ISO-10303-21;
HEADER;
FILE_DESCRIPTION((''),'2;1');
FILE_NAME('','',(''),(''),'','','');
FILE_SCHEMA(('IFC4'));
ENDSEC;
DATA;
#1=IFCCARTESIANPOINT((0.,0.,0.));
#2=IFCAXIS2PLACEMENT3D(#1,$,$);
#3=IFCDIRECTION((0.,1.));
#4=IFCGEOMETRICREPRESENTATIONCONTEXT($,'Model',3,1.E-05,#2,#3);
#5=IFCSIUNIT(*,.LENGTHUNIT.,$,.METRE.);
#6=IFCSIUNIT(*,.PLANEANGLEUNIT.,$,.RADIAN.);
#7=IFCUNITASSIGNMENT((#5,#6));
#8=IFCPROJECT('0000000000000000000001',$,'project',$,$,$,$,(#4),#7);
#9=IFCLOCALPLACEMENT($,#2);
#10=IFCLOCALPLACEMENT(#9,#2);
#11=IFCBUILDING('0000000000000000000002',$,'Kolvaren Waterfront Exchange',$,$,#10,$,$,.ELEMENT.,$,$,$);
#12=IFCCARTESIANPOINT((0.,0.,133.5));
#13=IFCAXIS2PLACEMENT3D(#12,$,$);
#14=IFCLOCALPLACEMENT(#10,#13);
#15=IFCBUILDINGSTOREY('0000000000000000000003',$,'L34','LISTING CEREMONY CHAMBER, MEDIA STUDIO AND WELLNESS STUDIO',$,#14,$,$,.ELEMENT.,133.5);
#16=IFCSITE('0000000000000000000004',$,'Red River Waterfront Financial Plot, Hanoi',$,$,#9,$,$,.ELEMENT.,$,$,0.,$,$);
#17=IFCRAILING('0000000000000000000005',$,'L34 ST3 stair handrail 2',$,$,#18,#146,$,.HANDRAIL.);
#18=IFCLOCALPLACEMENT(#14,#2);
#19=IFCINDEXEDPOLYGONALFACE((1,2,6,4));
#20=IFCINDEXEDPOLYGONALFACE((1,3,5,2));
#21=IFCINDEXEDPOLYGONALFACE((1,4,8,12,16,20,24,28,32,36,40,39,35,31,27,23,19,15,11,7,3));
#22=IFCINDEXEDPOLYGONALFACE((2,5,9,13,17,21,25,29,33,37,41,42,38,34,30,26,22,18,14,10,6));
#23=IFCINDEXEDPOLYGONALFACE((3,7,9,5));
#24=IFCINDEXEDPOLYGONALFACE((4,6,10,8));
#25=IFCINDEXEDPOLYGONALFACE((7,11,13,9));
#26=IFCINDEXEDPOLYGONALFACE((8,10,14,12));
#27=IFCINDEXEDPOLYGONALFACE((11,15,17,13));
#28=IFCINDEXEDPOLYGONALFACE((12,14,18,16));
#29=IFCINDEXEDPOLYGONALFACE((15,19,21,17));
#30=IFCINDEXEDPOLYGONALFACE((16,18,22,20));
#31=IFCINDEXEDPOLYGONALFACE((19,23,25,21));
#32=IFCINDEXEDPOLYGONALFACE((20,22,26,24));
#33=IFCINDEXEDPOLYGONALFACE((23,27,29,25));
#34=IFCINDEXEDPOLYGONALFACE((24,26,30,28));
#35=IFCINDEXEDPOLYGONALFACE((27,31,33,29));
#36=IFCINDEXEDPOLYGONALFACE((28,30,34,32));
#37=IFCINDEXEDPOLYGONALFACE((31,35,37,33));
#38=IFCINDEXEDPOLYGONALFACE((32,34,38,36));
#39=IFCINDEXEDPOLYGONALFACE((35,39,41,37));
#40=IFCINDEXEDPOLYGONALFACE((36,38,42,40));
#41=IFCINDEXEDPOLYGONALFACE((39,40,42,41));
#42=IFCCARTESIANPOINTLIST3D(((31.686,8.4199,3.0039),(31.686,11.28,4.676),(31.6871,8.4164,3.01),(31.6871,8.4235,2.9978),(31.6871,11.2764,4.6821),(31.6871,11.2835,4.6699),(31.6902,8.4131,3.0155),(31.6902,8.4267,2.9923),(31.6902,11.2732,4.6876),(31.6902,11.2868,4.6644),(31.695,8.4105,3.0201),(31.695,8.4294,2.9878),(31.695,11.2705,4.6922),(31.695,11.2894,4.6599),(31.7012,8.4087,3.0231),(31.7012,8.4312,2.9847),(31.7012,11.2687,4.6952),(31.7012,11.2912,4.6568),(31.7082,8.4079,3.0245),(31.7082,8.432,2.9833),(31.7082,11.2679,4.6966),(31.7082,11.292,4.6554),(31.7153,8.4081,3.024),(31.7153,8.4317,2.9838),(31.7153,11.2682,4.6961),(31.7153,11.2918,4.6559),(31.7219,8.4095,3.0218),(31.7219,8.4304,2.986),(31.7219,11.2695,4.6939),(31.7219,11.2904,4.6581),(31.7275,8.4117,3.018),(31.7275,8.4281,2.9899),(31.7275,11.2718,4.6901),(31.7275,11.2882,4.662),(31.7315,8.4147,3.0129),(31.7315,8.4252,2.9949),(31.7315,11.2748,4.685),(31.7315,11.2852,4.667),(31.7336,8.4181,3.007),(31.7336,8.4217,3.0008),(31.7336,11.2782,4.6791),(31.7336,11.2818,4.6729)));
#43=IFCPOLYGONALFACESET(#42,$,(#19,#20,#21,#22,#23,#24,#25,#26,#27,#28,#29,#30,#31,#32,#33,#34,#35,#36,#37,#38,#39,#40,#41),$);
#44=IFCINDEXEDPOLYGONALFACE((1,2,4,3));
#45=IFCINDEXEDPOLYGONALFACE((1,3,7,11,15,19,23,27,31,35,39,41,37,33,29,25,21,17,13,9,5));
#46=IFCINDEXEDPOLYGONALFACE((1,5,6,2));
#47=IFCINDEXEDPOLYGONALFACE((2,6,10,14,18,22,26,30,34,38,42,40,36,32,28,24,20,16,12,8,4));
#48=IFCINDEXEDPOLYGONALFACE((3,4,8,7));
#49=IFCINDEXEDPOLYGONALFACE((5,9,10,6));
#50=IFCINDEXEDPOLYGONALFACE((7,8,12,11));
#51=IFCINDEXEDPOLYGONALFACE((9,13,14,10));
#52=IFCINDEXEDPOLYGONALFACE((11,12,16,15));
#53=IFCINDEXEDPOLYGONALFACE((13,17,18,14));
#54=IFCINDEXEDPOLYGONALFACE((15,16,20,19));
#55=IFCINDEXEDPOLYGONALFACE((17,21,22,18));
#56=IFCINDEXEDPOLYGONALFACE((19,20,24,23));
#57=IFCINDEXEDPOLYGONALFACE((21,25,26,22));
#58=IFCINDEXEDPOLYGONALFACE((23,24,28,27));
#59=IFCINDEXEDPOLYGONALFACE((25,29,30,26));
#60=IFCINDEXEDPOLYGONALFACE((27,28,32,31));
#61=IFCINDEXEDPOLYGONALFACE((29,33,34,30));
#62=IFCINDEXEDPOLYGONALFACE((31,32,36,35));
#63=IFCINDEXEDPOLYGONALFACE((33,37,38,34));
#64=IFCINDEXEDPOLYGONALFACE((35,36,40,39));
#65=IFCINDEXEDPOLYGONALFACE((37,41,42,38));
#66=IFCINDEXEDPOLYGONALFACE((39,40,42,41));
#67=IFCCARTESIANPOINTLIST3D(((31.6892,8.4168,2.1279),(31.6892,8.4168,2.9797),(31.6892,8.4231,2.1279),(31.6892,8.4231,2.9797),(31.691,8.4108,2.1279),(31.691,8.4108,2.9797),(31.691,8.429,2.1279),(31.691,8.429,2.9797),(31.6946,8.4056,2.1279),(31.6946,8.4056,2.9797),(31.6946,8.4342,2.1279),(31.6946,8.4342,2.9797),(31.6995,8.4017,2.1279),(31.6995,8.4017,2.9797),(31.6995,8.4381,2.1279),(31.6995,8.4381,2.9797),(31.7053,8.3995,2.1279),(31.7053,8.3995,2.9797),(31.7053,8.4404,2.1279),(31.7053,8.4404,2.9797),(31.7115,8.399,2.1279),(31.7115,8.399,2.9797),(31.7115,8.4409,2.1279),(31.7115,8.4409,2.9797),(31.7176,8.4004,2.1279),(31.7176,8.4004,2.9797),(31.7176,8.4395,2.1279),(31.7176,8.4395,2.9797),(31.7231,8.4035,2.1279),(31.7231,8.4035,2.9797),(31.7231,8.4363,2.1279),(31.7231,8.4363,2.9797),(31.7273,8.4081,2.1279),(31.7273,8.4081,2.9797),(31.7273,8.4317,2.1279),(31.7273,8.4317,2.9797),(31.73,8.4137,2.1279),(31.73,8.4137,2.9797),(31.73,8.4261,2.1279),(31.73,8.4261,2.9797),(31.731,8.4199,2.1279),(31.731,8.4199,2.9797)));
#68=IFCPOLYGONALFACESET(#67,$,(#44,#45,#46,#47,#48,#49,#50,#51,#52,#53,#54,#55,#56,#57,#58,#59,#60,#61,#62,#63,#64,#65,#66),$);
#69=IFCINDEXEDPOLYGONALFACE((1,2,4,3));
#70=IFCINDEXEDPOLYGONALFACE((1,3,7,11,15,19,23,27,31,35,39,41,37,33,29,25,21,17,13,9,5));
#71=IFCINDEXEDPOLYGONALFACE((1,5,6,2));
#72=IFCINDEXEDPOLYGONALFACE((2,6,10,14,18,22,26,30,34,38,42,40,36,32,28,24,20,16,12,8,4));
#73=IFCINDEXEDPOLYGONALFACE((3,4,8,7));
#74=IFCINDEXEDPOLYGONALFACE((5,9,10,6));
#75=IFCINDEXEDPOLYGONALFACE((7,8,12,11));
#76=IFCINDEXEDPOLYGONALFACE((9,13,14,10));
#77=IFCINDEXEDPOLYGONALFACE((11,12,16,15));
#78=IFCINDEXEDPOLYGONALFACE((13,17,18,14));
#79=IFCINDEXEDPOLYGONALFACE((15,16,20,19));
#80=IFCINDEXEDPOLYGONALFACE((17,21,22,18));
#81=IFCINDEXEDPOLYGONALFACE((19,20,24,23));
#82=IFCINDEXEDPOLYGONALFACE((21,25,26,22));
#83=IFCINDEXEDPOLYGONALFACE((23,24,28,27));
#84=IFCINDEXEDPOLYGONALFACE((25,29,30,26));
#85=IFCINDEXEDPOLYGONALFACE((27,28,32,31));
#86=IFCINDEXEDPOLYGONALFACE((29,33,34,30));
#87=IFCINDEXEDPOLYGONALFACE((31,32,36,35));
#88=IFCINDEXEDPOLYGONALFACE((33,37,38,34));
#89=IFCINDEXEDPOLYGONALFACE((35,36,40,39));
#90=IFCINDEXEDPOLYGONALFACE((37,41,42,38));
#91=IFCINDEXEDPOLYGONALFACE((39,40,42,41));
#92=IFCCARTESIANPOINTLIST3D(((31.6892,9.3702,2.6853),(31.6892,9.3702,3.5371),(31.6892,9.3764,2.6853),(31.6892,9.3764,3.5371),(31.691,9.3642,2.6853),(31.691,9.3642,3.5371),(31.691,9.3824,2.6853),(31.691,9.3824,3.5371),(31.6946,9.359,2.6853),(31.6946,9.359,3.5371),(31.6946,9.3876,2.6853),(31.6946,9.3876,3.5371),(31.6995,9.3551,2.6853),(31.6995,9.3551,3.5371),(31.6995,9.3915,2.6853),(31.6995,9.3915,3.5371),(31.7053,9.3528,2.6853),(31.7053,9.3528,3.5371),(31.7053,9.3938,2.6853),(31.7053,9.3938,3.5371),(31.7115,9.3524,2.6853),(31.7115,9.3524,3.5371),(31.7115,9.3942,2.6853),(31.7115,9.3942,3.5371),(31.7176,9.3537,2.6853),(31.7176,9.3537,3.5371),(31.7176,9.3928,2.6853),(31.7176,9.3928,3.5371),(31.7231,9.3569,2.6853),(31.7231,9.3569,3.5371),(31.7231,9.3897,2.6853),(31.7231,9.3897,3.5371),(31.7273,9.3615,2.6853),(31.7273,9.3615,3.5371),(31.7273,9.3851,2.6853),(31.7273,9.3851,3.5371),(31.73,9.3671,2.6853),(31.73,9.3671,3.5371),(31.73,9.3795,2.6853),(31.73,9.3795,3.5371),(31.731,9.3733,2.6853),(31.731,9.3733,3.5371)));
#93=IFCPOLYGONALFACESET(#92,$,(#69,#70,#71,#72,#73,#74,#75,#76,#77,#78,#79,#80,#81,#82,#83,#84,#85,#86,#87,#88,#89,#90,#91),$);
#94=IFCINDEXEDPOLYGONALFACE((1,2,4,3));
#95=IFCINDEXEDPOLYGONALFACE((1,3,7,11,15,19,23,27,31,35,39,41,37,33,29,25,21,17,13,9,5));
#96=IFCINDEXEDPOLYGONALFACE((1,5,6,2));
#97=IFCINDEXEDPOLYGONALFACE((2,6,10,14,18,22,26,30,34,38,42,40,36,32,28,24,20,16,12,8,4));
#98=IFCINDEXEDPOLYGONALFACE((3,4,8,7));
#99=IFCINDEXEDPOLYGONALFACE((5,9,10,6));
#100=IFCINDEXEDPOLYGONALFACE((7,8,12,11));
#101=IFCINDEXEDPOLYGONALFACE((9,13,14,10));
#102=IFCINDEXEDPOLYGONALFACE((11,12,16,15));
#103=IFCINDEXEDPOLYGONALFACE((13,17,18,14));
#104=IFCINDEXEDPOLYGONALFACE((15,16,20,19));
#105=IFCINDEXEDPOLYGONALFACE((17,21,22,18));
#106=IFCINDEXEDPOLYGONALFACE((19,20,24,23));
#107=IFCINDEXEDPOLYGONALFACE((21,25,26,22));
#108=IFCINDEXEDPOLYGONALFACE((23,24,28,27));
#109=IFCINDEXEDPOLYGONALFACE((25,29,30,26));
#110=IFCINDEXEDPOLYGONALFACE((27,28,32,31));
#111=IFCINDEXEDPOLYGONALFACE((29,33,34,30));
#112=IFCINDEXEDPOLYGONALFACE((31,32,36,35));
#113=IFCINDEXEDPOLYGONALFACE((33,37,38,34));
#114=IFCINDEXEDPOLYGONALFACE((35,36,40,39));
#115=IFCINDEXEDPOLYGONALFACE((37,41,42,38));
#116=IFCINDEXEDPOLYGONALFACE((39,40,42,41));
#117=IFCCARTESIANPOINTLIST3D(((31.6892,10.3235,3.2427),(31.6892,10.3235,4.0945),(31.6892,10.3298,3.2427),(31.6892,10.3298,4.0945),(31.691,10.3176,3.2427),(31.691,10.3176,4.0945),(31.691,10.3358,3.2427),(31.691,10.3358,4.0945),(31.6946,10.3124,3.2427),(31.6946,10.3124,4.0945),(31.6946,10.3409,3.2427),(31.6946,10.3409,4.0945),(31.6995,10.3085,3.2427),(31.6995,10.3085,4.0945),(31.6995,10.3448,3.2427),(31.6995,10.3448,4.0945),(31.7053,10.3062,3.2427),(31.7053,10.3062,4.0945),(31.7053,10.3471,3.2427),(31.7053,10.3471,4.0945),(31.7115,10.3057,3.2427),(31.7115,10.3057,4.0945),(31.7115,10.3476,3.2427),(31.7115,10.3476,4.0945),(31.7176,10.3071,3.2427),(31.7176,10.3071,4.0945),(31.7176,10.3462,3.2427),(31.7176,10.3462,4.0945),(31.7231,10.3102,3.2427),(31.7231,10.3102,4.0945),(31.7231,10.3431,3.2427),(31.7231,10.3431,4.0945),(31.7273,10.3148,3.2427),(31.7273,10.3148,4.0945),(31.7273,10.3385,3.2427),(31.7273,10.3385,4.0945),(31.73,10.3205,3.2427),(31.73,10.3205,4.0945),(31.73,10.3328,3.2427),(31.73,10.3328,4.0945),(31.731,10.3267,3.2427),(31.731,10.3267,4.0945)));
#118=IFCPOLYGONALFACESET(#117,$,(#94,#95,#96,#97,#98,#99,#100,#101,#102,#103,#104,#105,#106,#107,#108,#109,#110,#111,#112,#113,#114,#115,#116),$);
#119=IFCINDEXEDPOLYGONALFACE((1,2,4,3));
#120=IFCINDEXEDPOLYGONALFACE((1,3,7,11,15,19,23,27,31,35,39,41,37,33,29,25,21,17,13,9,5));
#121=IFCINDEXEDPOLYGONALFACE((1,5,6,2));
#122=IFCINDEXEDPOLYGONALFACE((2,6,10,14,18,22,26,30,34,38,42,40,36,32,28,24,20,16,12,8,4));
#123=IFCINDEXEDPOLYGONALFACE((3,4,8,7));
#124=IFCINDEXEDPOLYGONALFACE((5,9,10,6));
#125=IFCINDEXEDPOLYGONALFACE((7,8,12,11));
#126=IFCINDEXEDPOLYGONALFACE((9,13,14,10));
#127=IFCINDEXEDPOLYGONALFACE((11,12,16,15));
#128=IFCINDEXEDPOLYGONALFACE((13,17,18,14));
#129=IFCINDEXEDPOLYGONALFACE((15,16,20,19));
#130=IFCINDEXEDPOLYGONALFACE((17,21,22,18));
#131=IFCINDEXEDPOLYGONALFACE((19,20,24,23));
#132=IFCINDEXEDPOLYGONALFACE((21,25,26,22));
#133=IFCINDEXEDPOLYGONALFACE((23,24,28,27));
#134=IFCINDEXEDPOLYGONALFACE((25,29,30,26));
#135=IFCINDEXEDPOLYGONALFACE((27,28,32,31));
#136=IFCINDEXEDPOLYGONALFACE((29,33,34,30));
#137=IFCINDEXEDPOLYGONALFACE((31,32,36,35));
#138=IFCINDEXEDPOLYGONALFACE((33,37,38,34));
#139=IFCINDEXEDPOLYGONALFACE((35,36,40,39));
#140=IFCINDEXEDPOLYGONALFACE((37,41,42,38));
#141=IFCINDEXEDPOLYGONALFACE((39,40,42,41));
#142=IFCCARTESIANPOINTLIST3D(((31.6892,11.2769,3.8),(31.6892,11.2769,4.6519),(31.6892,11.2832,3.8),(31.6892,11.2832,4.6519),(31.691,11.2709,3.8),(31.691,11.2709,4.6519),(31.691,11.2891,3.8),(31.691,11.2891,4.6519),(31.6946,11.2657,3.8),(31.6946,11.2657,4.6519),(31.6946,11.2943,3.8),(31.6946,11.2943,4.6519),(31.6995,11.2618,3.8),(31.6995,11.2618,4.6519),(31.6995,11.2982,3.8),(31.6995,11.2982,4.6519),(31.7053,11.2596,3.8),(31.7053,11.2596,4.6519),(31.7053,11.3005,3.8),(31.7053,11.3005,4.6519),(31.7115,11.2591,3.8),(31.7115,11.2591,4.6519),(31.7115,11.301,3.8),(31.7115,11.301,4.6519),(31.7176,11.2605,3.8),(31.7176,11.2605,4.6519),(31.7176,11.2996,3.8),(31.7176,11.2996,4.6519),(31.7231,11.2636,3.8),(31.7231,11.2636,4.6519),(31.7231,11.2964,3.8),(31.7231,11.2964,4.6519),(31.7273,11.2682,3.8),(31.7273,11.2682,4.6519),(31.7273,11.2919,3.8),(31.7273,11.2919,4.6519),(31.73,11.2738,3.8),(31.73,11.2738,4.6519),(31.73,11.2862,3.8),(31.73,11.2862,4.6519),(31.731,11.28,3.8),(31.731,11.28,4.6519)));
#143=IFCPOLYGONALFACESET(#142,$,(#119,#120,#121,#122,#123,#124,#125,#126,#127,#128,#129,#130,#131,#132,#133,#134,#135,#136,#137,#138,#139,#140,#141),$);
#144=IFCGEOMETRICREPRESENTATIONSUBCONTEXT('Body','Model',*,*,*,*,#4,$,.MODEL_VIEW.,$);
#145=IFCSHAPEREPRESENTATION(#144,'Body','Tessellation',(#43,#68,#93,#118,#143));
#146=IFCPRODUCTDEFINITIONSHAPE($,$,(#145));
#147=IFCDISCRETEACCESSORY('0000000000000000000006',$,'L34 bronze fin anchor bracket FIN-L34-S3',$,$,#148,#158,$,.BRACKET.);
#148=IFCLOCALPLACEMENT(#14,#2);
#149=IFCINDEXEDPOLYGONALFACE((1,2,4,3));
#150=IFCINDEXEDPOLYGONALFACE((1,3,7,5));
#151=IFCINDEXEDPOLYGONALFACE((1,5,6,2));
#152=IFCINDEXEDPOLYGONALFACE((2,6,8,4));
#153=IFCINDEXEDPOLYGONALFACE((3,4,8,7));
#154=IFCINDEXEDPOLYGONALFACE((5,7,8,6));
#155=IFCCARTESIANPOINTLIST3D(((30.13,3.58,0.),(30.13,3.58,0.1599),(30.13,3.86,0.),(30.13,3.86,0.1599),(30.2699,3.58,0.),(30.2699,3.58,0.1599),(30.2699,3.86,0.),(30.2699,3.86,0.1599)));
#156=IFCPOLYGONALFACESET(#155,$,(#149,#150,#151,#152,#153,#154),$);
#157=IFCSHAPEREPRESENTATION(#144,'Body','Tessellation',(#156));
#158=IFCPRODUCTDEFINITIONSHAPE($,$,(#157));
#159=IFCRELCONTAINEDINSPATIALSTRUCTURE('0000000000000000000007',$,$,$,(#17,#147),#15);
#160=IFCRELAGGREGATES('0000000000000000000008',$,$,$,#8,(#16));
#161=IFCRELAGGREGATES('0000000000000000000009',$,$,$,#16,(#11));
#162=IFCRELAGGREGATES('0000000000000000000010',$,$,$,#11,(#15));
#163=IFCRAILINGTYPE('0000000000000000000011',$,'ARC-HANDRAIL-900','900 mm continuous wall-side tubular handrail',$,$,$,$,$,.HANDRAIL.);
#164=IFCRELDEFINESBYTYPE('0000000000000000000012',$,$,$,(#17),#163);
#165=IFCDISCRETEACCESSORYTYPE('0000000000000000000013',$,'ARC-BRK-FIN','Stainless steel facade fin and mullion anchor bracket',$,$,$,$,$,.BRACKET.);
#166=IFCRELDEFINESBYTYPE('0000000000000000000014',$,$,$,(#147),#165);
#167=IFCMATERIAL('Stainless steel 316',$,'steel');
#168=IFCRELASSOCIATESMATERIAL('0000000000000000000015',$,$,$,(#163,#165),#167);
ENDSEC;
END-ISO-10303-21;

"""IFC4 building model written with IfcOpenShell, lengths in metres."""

from ifc_helpers import new_model, si_unit, direction, frame, origin, origin_with_axes, origin_2d, place, context, subcontext, project, spatial, rectangle, circle, extrude, source, transform, mapped, material, type_object, element, save


model = new_model("IFC4")

# Units and contexts
model_context = context("Model", 3, precision=1e-05, world=origin(), true_north=direction((0.0, 1.0)))
body_context = subcontext(model_context, "Body", "Model", "MODEL_VIEW")
ifc_project = project(units=[si_unit("LENGTHUNIT", "METRE"), si_unit("PLANEANGLEUNIT", "RADIAN")], contexts=[model_context])

# Site, building, storey
site_placement = place(None, origin())
site = spatial("IfcSite", under=ifc_project, at=site_placement, Name="Red River Waterfront Financial Plot, Hanoi", CompositionType="ELEMENT", RefElevation=0.0)
building_placement = place(site_placement, origin())
building = spatial("IfcBuilding", under=site, at=building_placement, Name="Kolvaren Waterfront Exchange", CompositionType="ELEMENT")
storey_placement = place(building_placement, frame((0.0, 0.0, 133.5)))
storey = spatial("IfcBuildingStorey", under=building, at=storey_placement, Name="L34", Description="LISTING CEREMONY CHAMBER, MEDIA STUDIO AND WELLNESS STUDIO", CompositionType="ELEMENT", Elevation=133.5)

# Railing
ifc_material_1 = material(Name="Stainless steel 316", Category="steel")
railing_type_1 = type_object("IfcRailingType", Name="ARC-HANDRAIL-900", Description="900 mm continuous wall-side tubular handrail", PredefinedType="HANDRAIL", material=ifc_material_1)
railing_1_placement = place(storey_placement, frame((31.71, 8.4199, 2.1279)))
element("IfcRailing", 1, at=railing_1_placement, inside=storey, type_object=railing_type_1, Name="L34 ST3 stair handrail 2", PredefinedType="HANDRAIL", context=body_context, shape_type="SweptSolid", body=[
    extrude(circle(Radius=0.0239, at=origin_2d()), frame((0.0, 0.0, 0.876), z_axis=(0.0, 0.863289, 0.504709), x_axis=(-1.0, 0.0, 0.0)), (0.0, 0.0, 1.0), 3.313),
    extrude(circle(Radius=0.021, at=origin_2d()), origin(), (0.0, 0.0, 1.0), 0.8518),
    extrude(circle(Radius=0.021, at=origin_2d()), frame((0.0, 0.9534, 0.5574)), (0.0, 0.0, 1.0), 0.8518),
    extrude(circle(Radius=0.021, at=origin_2d()), frame((0.0, 1.9067, 1.1147)), (0.0, 0.0, 1.0), 0.8518),
    extrude(circle(Radius=0.021, at=origin_2d()), frame((0.0, 2.8601, 1.6721)), (0.0, 0.0, 1.0), 0.8518),
])

# Discrete accessory
discrete_accessory_type = type_object("IfcDiscreteAccessoryType", Name="ARC-BRK-FIN", Description="Stainless steel facade fin and mullion anchor bracket", PredefinedType="BRACKET", material=ifc_material_1)
shared_shape_1 = source(origin_with_axes(), body_context, "Body", "SweptSolid", [
    extrude(rectangle(XDim=0.28, YDim=0.1399, at=origin_2d()), origin(), (0.0, 0.0, 1.0), 0.1599),
])
discrete_accessory_placement = place(storey_placement, frame((30.2, 3.72, 0.0), z_axis=(0.0, 0.0, 1.0), x_axis=(0.0, -1.0, 0.0)))
element("IfcDiscreteAccessory", 2, at=discrete_accessory_placement, inside=storey, type_object=discrete_accessory_type, Name="L34 bronze fin anchor bracket FIN-L34-S3", PredefinedType="BRACKET", context=body_context, shape_type="MappedRepresentation", body=[
    mapped(shared_shape_1, transform((0.0, 0.0, 0.0), x_axis=(1.0, 0.0, 0.0), y_axis=(0.0, 1.0, 0.0), z_axis=(0.0, 0.0, 1.0), scale=1.0)),
])

save(model, "model.ifc")
